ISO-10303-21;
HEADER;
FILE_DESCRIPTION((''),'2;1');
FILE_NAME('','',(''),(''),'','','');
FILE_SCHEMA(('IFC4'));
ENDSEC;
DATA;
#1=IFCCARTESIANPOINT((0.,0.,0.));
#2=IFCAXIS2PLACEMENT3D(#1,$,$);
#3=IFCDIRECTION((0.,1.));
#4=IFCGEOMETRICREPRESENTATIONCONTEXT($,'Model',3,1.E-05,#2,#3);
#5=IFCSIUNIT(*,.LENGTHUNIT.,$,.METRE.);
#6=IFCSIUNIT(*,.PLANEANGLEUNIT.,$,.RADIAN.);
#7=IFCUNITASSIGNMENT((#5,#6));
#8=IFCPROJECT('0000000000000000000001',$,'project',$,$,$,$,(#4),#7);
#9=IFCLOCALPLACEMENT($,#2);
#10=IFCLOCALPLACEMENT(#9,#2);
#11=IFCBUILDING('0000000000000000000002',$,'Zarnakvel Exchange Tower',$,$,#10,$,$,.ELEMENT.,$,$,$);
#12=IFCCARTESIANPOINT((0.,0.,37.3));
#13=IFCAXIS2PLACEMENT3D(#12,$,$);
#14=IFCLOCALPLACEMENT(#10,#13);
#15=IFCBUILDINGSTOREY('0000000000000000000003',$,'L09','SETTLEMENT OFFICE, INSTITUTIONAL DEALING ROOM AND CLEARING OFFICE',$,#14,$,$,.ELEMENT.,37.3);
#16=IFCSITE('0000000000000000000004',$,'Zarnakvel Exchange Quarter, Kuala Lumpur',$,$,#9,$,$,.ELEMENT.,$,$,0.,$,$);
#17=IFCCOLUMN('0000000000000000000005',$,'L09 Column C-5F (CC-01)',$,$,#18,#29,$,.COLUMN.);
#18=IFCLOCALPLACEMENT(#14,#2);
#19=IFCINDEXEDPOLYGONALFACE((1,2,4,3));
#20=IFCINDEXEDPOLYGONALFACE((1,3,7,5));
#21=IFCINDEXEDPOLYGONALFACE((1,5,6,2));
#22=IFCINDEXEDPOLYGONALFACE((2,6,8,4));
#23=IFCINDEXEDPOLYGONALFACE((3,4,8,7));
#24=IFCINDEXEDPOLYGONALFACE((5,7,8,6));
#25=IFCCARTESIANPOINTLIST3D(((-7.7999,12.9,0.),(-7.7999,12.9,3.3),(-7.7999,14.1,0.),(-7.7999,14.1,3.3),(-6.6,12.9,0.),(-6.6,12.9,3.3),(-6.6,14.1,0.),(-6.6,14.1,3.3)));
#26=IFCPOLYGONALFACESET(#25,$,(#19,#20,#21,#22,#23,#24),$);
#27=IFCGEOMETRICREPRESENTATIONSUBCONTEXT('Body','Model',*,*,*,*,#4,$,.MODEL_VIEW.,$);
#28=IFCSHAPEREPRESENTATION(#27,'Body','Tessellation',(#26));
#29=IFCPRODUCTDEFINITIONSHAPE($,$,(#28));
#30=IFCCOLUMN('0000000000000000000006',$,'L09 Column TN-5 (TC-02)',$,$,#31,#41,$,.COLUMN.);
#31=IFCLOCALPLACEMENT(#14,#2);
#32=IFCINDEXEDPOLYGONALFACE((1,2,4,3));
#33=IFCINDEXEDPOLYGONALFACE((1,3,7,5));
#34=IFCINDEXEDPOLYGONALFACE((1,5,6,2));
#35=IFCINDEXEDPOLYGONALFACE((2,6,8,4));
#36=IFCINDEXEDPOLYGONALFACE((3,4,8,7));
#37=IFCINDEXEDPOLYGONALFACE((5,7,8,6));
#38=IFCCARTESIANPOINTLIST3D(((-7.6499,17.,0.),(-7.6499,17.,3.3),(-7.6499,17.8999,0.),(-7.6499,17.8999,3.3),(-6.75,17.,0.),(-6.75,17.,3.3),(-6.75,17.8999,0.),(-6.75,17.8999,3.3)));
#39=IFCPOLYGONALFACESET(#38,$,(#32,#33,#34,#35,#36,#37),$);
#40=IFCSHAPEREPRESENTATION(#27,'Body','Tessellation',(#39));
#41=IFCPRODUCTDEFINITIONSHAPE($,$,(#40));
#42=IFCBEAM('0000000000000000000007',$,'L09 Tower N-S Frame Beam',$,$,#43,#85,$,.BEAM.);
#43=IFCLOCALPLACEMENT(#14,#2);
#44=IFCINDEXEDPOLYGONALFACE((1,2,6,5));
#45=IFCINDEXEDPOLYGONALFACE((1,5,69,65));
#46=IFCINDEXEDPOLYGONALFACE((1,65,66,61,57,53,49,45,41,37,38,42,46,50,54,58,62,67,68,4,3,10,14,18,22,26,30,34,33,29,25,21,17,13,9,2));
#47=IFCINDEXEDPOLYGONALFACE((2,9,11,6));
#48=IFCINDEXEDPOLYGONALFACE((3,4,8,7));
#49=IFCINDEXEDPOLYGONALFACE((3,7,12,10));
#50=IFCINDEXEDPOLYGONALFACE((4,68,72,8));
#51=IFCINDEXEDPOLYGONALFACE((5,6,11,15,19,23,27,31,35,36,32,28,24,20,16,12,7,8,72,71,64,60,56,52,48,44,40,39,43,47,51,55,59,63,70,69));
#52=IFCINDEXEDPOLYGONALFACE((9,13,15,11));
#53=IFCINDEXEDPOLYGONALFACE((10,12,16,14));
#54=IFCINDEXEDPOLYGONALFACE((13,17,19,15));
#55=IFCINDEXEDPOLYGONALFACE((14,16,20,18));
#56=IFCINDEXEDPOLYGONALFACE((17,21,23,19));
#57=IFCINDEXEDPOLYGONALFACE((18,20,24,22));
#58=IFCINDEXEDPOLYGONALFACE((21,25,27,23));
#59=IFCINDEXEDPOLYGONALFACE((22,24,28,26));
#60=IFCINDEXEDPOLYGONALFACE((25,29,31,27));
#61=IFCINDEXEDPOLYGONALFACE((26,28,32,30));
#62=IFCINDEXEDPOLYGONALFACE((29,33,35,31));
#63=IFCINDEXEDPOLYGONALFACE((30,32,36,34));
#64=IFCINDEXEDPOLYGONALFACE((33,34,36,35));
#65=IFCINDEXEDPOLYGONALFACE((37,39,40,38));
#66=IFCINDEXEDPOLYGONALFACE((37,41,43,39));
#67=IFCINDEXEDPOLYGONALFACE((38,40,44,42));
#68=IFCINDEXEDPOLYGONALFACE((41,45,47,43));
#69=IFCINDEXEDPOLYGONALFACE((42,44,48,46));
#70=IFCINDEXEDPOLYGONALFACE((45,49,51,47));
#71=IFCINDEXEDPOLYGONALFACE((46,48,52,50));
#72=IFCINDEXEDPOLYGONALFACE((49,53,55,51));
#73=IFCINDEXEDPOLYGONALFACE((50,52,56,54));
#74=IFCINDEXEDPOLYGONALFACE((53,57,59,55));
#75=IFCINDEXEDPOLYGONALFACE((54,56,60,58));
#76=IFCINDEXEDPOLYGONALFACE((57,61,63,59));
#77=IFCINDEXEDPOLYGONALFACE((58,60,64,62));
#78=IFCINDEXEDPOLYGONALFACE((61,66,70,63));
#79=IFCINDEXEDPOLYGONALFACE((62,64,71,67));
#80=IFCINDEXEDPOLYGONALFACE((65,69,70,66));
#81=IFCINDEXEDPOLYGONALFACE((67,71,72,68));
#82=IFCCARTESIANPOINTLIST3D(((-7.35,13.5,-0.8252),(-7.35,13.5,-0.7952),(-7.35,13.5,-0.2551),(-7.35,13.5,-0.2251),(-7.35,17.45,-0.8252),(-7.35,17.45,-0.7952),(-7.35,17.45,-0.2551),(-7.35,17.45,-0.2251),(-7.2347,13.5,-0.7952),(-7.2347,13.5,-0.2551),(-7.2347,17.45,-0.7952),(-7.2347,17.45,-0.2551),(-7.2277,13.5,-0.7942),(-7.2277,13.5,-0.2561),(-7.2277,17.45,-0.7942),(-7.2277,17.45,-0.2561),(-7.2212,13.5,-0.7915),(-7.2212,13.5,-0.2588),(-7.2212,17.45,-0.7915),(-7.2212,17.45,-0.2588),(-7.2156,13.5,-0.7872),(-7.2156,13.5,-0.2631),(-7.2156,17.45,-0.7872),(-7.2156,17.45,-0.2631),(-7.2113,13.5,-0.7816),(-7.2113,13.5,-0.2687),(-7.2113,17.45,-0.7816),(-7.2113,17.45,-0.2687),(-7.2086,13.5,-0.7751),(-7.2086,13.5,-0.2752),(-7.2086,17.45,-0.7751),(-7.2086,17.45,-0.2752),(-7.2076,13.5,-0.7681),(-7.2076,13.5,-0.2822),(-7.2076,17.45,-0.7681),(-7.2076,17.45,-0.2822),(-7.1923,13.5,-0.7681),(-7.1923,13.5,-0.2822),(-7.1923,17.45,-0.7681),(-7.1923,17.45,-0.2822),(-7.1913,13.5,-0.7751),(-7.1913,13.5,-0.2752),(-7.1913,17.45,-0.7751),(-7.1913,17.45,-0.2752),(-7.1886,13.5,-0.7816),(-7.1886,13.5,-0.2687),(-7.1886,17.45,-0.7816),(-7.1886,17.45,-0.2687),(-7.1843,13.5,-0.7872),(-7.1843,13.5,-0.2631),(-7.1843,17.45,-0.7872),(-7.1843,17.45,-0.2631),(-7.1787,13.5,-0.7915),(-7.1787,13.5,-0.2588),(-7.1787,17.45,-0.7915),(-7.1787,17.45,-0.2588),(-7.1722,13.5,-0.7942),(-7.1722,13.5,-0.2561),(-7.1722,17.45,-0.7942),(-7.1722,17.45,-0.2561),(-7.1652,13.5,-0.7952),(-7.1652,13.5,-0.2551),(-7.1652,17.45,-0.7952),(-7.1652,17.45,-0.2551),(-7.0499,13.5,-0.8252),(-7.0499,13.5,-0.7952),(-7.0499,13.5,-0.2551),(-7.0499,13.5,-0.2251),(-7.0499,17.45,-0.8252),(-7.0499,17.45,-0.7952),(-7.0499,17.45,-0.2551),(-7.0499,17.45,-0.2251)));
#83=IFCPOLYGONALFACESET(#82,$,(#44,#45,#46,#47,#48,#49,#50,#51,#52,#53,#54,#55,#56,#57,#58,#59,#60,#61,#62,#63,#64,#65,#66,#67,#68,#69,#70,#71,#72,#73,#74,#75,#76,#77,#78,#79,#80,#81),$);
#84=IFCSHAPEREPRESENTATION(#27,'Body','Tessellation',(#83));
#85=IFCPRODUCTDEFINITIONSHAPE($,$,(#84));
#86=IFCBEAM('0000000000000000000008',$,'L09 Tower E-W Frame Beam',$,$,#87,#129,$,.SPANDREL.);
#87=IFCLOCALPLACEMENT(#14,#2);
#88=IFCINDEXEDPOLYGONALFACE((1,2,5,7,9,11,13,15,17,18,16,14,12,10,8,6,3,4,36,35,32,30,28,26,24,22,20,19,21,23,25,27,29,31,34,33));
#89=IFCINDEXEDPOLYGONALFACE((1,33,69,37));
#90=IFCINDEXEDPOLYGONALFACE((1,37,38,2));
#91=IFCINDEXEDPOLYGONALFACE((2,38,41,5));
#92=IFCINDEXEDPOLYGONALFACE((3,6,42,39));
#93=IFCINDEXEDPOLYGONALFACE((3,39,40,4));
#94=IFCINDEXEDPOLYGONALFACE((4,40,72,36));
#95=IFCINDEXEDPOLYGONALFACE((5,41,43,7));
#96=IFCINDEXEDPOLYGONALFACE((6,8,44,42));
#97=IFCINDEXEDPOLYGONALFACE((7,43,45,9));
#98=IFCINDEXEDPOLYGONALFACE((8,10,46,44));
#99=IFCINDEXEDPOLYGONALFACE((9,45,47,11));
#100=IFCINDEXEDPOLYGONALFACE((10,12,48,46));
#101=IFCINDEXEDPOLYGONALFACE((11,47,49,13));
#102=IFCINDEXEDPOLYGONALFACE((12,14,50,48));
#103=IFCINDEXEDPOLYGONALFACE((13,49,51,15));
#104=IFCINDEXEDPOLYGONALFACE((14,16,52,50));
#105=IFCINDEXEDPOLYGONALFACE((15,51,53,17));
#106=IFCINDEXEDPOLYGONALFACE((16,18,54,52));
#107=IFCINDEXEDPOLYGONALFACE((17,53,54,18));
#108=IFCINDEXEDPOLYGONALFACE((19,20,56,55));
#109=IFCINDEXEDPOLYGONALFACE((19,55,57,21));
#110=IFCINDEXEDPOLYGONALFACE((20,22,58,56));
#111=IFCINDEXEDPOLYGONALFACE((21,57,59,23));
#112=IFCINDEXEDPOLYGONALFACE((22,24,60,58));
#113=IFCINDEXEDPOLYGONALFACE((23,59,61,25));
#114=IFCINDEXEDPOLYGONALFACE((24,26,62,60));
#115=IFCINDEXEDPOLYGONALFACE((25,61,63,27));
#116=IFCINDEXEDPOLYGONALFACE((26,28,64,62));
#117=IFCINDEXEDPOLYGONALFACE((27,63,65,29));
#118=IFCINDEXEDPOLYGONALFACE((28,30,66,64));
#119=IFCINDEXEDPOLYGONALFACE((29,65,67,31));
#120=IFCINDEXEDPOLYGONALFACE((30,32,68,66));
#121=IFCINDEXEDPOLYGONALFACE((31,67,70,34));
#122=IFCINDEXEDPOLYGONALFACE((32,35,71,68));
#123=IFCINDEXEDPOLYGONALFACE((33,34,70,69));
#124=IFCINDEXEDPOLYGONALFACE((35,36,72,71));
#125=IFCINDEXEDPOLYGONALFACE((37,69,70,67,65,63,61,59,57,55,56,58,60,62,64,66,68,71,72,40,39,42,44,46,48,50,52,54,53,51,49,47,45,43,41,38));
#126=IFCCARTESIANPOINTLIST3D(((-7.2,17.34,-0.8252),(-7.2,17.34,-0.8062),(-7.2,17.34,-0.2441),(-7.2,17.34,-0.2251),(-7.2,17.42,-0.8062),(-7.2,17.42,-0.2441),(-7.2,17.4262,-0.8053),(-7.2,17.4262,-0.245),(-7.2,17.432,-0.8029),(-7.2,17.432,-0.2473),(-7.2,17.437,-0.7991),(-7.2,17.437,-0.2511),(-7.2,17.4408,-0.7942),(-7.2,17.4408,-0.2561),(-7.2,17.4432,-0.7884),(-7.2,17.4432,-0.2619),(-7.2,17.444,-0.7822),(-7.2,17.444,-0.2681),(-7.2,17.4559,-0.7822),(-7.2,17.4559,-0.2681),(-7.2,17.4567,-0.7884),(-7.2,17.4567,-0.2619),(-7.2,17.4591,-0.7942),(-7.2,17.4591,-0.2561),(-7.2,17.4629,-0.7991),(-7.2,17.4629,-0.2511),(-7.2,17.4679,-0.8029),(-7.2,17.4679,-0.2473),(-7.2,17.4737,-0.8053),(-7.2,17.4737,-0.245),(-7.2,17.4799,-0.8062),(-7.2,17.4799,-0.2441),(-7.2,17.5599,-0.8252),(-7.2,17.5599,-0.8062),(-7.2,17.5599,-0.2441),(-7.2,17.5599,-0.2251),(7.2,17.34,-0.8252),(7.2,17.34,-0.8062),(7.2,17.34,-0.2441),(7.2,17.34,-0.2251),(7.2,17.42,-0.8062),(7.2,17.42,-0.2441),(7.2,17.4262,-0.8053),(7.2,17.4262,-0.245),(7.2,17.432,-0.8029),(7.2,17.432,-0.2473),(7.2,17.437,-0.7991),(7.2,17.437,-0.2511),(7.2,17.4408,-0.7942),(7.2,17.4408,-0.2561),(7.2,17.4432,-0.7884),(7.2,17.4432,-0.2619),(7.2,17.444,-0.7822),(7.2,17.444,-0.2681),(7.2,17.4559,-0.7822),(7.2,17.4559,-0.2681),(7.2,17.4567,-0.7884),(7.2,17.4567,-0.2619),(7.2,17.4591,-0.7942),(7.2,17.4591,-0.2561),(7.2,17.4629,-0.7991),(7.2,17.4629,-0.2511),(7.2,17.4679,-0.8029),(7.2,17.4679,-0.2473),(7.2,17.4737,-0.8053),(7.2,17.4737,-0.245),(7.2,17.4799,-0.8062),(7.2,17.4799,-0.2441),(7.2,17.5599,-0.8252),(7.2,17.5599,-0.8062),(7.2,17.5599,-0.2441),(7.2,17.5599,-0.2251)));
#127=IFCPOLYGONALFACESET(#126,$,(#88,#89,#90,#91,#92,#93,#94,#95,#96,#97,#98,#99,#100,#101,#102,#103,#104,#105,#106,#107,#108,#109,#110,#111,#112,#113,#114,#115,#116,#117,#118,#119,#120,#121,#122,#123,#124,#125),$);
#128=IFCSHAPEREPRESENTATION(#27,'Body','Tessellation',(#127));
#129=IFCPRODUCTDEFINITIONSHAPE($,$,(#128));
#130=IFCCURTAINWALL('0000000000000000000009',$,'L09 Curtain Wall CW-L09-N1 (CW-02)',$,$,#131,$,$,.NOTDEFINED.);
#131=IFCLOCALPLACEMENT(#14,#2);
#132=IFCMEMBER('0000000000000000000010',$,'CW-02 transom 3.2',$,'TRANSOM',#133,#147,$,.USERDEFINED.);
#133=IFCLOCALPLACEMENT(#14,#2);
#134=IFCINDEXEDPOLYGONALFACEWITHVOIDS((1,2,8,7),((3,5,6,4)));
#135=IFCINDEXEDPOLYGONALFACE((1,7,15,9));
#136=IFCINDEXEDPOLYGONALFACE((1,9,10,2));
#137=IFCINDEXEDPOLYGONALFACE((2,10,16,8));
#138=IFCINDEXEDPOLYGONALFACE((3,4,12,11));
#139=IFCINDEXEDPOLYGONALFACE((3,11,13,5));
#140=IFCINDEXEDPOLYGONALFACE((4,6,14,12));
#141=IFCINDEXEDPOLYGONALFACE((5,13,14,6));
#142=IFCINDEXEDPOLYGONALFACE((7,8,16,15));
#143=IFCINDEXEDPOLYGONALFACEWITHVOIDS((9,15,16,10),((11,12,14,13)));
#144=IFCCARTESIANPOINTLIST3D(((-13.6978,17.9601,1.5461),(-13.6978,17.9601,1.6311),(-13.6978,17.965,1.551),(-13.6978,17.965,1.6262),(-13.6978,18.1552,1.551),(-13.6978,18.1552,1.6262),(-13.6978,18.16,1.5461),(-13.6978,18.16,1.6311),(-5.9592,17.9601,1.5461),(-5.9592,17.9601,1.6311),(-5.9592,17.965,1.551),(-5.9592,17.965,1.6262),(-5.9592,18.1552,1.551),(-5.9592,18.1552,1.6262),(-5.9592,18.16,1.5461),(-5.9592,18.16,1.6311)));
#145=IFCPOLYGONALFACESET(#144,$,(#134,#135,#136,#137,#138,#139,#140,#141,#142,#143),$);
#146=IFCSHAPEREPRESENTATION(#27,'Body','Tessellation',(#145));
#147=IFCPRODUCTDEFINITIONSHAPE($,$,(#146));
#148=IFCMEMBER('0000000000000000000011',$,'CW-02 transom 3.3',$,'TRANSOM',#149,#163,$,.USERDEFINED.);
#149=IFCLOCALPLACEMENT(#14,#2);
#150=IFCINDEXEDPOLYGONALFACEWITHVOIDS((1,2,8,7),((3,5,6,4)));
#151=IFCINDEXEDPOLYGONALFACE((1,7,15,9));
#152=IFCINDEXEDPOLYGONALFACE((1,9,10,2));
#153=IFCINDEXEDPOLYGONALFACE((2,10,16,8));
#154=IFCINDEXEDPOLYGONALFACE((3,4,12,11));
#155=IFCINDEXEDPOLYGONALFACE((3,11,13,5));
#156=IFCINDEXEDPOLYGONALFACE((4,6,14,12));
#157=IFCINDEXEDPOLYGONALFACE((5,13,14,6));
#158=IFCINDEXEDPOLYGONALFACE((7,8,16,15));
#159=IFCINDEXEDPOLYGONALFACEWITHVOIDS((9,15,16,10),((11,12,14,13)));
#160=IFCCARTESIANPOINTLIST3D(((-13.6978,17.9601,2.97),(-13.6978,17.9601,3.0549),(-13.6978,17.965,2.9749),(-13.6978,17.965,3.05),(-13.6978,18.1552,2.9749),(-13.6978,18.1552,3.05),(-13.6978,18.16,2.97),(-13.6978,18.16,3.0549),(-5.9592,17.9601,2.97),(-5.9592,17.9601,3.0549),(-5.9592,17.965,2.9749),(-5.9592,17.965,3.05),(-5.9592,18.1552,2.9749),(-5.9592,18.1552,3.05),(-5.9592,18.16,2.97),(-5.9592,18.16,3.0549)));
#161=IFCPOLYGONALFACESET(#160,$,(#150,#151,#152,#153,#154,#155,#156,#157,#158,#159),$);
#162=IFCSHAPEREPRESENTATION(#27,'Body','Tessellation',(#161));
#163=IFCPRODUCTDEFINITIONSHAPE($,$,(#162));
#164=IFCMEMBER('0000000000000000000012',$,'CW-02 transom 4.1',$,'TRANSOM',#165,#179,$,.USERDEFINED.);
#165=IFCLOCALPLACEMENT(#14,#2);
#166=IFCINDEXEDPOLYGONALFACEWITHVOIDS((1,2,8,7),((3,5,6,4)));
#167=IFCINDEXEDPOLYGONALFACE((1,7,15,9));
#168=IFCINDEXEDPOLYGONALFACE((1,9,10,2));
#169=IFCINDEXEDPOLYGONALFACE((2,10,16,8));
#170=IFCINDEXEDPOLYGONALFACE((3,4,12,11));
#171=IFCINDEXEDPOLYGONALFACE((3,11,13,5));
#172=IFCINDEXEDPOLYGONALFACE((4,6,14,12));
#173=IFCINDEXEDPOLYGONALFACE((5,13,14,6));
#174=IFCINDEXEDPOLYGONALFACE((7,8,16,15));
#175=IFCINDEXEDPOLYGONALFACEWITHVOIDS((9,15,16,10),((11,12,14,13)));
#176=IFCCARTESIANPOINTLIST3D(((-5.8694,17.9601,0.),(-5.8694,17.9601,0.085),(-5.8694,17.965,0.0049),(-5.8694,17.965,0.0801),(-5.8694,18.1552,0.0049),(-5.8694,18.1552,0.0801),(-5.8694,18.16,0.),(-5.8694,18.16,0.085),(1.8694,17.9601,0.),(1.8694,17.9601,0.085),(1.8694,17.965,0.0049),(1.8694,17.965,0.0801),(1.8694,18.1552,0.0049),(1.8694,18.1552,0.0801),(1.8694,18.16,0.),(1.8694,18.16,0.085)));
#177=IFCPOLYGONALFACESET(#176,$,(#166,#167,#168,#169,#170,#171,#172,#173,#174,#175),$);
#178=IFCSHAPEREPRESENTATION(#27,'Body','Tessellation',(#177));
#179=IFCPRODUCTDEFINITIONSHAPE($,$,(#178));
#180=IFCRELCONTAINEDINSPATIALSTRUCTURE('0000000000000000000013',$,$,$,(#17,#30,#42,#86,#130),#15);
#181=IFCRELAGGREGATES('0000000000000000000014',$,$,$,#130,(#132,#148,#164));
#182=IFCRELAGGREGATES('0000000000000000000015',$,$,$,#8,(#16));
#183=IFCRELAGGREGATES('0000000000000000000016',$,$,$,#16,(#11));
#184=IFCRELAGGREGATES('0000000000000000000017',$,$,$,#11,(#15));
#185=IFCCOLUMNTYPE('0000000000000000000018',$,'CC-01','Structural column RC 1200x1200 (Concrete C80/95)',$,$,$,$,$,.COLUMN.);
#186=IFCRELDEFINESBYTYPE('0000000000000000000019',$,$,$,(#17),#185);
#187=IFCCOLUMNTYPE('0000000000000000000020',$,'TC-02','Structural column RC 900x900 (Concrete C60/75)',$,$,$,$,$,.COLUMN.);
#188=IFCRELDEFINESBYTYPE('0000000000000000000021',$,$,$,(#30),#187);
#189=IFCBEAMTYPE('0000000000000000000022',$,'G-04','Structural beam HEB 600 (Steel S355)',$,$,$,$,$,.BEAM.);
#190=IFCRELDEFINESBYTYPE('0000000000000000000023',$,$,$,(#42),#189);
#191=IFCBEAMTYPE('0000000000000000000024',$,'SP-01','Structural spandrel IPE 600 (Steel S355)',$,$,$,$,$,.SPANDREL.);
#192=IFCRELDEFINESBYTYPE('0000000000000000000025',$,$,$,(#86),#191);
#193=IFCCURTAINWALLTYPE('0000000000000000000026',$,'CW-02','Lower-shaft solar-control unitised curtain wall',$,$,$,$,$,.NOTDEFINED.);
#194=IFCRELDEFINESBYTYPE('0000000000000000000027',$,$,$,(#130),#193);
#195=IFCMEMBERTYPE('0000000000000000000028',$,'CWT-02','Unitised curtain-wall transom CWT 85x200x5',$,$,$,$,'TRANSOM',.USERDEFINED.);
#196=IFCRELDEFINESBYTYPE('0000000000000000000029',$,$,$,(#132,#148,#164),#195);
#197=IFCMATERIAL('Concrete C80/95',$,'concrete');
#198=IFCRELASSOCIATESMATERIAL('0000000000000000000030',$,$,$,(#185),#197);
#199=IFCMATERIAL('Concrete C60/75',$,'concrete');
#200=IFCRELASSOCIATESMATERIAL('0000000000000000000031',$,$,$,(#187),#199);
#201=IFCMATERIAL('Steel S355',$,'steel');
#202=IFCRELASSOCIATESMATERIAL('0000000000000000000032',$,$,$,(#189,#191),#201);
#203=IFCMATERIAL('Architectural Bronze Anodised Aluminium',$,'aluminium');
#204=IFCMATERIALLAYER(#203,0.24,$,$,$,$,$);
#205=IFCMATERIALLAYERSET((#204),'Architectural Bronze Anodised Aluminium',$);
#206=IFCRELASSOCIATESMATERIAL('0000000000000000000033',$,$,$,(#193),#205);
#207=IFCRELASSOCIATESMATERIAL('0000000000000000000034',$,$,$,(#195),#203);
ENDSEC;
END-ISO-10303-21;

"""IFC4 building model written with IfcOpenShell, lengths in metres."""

from ifc_helpers import new_model, si_unit, direction, frame, origin, origin_2d, place, context, subcontext, project, spatial, rectangle, hollow_rectangle, i_section, extrude, source, transform, mapped, material, layer, layer_set, material_profile, profile_set, type_object, element, aggregate, save


model = new_model("IFC4")

# Units and contexts
model_context = context("Model", 3, precision=1e-05, world=origin(), true_north=direction((0.0, 1.0)))
body_context = subcontext(model_context, "Body", "Model", "MODEL_VIEW")
ifc_project = project(units=[si_unit("LENGTHUNIT", "METRE"), si_unit("PLANEANGLEUNIT", "RADIAN")], contexts=[model_context])

# Site, building, storey
site_placement = place(None, origin())
site = spatial("IfcSite", under=ifc_project, at=site_placement, Name="Zarnakvel Exchange Quarter, Kuala Lumpur", CompositionType="ELEMENT", RefElevation=0.0)
building_placement = place(site_placement, origin())
building = spatial("IfcBuilding", under=site, at=building_placement, Name="Zarnakvel Exchange Tower", CompositionType="ELEMENT")
storey_placement = place(building_placement, frame((0.0, 0.0, 37.3)))
storey = spatial("IfcBuildingStorey", under=building, at=storey_placement, Name="L09", Description="SETTLEMENT OFFICE, INSTITUTIONAL DEALING ROOM AND CLEARING OFFICE", CompositionType="ELEMENT", Elevation=37.3)

# Columns
ifc_material_1 = material(Name="Concrete C80/95", Category="concrete")
ifc_material_profile_1 = material_profile(ifc_material_1, rectangle(XDim=1.2, YDim=1.2, at=origin_2d()))
ifc_profile_set_1 = profile_set([ifc_material_profile_1], Name="Concrete C80/95")
column_type_1 = type_object("IfcColumnType", Name="CC-01", Description="Structural column RC 1200x1200 (Concrete C80/95)", PredefinedType="COLUMN", material=ifc_profile_set_1)
column_1_placement = place(storey_placement, frame((-7.2, 13.5, 0.0), z_axis=(0.0, 0.0, 1.0), x_axis=(1.0, 0.0, 0.0)))
element("IfcColumn", 1, at=column_1_placement, inside=storey, type_object=column_type_1, Name="L09 Column C-5F (CC-01)", PredefinedType="COLUMN", context=body_context, shape_type="SweptSolid", body=[
    extrude(rectangle(XDim=1.2, YDim=1.2, at=origin_2d()), origin(), (0.0, 0.0, 1.0), 3.3),
])
ifc_material_2 = material(Name="Concrete C60/75", Category="concrete")
ifc_material_profile_2 = material_profile(ifc_material_2, rectangle(XDim=0.8999, YDim=0.8999, at=origin_2d()))
ifc_profile_set_2 = profile_set([ifc_material_profile_2], Name="Concrete C60/75")
column_type_2 = type_object("IfcColumnType", Name="TC-02", Description="Structural column RC 900x900 (Concrete C60/75)", PredefinedType="COLUMN", material=ifc_profile_set_2)
column_2_placement = place(storey_placement, frame((-7.2, 17.45, 0.0), z_axis=(0.0, 0.0, 1.0), x_axis=(1.0, 0.0, 0.0)))
element("IfcColumn", 2, at=column_2_placement, inside=storey, type_object=column_type_2, Name="L09 Column TN-5 (TC-02)", PredefinedType="COLUMN", context=body_context, shape_type="SweptSolid", body=[
    extrude(rectangle(XDim=0.8999, YDim=0.8999, at=origin_2d()), origin(), (0.0, 0.0, 1.0), 3.3),
])

# Beams
ifc_material_3 = material(Name="Steel S355", Category="steel")
ifc_material_profile_3 = material_profile(ifc_material_3, i_section(OverallWidth=0.3, OverallDepth=0.6001, WebThickness=0.0154, FlangeThickness=0.03, FilletRadius=0.0271, at=origin_2d()))
ifc_profile_set_3 = profile_set([ifc_material_profile_3], Name="Steel S355")
beam_type_1 = type_object("IfcBeamType", Name="G-04", Description="Structural beam HEB 600 (Steel S355)", PredefinedType="BEAM", material=ifc_profile_set_3)
beam_1_placement = place(storey_placement, frame((-7.2, 13.5, -0.5251), z_axis=(0.0, 1.0, 0.0), x_axis=(-1.0, 0.0, 0.0)))
element("IfcBeam", 3, at=beam_1_placement, inside=storey, type_object=beam_type_1, Name="L09 Tower N-S Frame Beam", PredefinedType="BEAM", context=body_context, shape_type="SweptSolid", body=[
    extrude(i_section(OverallWidth=0.3, OverallDepth=0.6001, WebThickness=0.0154, FlangeThickness=0.03, FilletRadius=0.0271, at=origin_2d()), origin(), (0.0, 0.0, 1.0), 3.95),
])
ifc_material_profile_4 = material_profile(ifc_material_3, i_section(OverallWidth=0.22, OverallDepth=0.6001, WebThickness=0.012, FlangeThickness=0.019, FilletRadius=0.0239, at=origin_2d()))
ifc_profile_set_4 = profile_set([ifc_material_profile_4], Name="Steel S355")
beam_type_2 = type_object("IfcBeamType", Name="SP-01", Description="Structural spandrel IPE 600 (Steel S355)", PredefinedType="SPANDREL", material=ifc_profile_set_4)
beam_2_placement = place(storey_placement, frame((-7.2, 17.45, -0.5251), z_axis=(1.0, 0.0, 0.0), x_axis=(0.0, 1.0, 0.0)))
element("IfcBeam", 4, at=beam_2_placement, inside=storey, type_object=beam_type_2, Name="L09 Tower E-W Frame Beam", PredefinedType="SPANDREL", context=body_context, shape_type="SweptSolid", body=[
    extrude(i_section(OverallWidth=0.22, OverallDepth=0.6001, WebThickness=0.012, FlangeThickness=0.019, FilletRadius=0.0239, at=origin_2d()), origin(), (0.0, 0.0, 1.0), 14.3999),
])

# Curtain wall, members
ifc_material_4 = material(Name="Architectural Bronze Anodised Aluminium", Category="aluminium")
ifc_layer_1 = layer(ifc_material_4, 0.24)
ifc_layer_set_1 = layer_set([ifc_layer_1], Name="Architectural Bronze Anodised Aluminium")
curtain_wall_type = type_object("IfcCurtainWallType", Name="CW-02", Description="Lower-shaft solar-control unitised curtain wall", PredefinedType="NOTDEFINED", material=ifc_layer_set_1)
curtain_wall_placement = place(storey_placement, origin())
curtain_wall = element("IfcCurtainWall", 5, at=curtain_wall_placement, inside=storey, type_object=curtain_wall_type, Name="L09 Curtain Wall CW-L09-N1 (CW-02)", PredefinedType="NOTDEFINED")
ifc_material_profile_5 = material_profile(ifc_material_4, hollow_rectangle(XDim=0.2, YDim=0.085, WallThickness=0.0049, at=origin_2d()))
ifc_profile_set_5 = profile_set([ifc_material_profile_5], Name="Architectural Bronze Anodised Aluminium")
member_type_1 = type_object("IfcMemberType", Name="CWT-02", Description="Unitised curtain-wall transom CWT 85x200x5", ElementType="TRANSOM", PredefinedType="USERDEFINED", material=ifc_profile_set_5)
shared_shape_1 = source(origin(), body_context, "Body", "SweptSolid", [
    extrude(hollow_rectangle(XDim=0.2, YDim=0.085, WallThickness=0.0049, at=origin_2d()), origin(), (0.0, 0.0, 1.0), 7.7385),
])
member_1_placement = place(storey_placement, frame((-13.6978, 18.0601, 1.5886), z_axis=(1.0, 0.0, 0.0), x_axis=(0.0, 1.0, 0.0)))
member_1 = element("IfcMember", 6, at=member_1_placement, type_object=member_type_1, Name="CW-02 transom 3.2", ObjectType="TRANSOM", PredefinedType="USERDEFINED", context=body_context, shape_type="MappedRepresentation", body=[
    mapped(shared_shape_1, transform((0.0, 0.0, 0.0), x_axis=(1.0, 0.0, 0.0), y_axis=(0.0, 1.0, 0.0), z_axis=(0.0, 0.0, 1.0), scale=1.0)),
])
member_2_placement = place(storey_placement, frame((-13.6978, 18.0601, 3.0125), z_axis=(1.0, 0.0, 0.0), x_axis=(0.0, 1.0, 0.0)))
member_2 = element("IfcMember", 7, at=member_2_placement, type_object=member_type_1, Name="CW-02 transom 3.3", ObjectType="TRANSOM", PredefinedType="USERDEFINED", context=body_context, shape_type="MappedRepresentation", body=[
    mapped(shared_shape_1, transform((0.0, 0.0, 0.0), x_axis=(1.0, 0.0, 0.0), y_axis=(0.0, 1.0, 0.0), z_axis=(0.0, 0.0, 1.0), scale=1.0)),
])
shared_shape_2 = source(origin(), body_context, "Body", "SweptSolid", [
    extrude(hollow_rectangle(XDim=0.2, YDim=0.085, WallThickness=0.0049, at=origin_2d()), origin(), (0.0, 0.0, 1.0), 7.7388),
])
member_3_placement = place(storey_placement, frame((-5.8694, 18.0601, 0.0425), z_axis=(1.0, 0.0, 0.0), x_axis=(0.0, 1.0, 0.0)))
member_3 = element("IfcMember", 8, at=member_3_placement, type_object=member_type_1, Name="CW-02 transom 4.1", ObjectType="TRANSOM", PredefinedType="USERDEFINED", context=body_context, shape_type="MappedRepresentation", body=[
    mapped(shared_shape_2, transform((0.0, 0.0, 0.0), x_axis=(1.0, 0.0, 0.0), y_axis=(0.0, 1.0, 0.0), z_axis=(0.0, 0.0, 1.0), scale=1.0)),
])
aggregate(curtain_wall, [member_1, member_2, member_3])

save(model, "model.ifc")
